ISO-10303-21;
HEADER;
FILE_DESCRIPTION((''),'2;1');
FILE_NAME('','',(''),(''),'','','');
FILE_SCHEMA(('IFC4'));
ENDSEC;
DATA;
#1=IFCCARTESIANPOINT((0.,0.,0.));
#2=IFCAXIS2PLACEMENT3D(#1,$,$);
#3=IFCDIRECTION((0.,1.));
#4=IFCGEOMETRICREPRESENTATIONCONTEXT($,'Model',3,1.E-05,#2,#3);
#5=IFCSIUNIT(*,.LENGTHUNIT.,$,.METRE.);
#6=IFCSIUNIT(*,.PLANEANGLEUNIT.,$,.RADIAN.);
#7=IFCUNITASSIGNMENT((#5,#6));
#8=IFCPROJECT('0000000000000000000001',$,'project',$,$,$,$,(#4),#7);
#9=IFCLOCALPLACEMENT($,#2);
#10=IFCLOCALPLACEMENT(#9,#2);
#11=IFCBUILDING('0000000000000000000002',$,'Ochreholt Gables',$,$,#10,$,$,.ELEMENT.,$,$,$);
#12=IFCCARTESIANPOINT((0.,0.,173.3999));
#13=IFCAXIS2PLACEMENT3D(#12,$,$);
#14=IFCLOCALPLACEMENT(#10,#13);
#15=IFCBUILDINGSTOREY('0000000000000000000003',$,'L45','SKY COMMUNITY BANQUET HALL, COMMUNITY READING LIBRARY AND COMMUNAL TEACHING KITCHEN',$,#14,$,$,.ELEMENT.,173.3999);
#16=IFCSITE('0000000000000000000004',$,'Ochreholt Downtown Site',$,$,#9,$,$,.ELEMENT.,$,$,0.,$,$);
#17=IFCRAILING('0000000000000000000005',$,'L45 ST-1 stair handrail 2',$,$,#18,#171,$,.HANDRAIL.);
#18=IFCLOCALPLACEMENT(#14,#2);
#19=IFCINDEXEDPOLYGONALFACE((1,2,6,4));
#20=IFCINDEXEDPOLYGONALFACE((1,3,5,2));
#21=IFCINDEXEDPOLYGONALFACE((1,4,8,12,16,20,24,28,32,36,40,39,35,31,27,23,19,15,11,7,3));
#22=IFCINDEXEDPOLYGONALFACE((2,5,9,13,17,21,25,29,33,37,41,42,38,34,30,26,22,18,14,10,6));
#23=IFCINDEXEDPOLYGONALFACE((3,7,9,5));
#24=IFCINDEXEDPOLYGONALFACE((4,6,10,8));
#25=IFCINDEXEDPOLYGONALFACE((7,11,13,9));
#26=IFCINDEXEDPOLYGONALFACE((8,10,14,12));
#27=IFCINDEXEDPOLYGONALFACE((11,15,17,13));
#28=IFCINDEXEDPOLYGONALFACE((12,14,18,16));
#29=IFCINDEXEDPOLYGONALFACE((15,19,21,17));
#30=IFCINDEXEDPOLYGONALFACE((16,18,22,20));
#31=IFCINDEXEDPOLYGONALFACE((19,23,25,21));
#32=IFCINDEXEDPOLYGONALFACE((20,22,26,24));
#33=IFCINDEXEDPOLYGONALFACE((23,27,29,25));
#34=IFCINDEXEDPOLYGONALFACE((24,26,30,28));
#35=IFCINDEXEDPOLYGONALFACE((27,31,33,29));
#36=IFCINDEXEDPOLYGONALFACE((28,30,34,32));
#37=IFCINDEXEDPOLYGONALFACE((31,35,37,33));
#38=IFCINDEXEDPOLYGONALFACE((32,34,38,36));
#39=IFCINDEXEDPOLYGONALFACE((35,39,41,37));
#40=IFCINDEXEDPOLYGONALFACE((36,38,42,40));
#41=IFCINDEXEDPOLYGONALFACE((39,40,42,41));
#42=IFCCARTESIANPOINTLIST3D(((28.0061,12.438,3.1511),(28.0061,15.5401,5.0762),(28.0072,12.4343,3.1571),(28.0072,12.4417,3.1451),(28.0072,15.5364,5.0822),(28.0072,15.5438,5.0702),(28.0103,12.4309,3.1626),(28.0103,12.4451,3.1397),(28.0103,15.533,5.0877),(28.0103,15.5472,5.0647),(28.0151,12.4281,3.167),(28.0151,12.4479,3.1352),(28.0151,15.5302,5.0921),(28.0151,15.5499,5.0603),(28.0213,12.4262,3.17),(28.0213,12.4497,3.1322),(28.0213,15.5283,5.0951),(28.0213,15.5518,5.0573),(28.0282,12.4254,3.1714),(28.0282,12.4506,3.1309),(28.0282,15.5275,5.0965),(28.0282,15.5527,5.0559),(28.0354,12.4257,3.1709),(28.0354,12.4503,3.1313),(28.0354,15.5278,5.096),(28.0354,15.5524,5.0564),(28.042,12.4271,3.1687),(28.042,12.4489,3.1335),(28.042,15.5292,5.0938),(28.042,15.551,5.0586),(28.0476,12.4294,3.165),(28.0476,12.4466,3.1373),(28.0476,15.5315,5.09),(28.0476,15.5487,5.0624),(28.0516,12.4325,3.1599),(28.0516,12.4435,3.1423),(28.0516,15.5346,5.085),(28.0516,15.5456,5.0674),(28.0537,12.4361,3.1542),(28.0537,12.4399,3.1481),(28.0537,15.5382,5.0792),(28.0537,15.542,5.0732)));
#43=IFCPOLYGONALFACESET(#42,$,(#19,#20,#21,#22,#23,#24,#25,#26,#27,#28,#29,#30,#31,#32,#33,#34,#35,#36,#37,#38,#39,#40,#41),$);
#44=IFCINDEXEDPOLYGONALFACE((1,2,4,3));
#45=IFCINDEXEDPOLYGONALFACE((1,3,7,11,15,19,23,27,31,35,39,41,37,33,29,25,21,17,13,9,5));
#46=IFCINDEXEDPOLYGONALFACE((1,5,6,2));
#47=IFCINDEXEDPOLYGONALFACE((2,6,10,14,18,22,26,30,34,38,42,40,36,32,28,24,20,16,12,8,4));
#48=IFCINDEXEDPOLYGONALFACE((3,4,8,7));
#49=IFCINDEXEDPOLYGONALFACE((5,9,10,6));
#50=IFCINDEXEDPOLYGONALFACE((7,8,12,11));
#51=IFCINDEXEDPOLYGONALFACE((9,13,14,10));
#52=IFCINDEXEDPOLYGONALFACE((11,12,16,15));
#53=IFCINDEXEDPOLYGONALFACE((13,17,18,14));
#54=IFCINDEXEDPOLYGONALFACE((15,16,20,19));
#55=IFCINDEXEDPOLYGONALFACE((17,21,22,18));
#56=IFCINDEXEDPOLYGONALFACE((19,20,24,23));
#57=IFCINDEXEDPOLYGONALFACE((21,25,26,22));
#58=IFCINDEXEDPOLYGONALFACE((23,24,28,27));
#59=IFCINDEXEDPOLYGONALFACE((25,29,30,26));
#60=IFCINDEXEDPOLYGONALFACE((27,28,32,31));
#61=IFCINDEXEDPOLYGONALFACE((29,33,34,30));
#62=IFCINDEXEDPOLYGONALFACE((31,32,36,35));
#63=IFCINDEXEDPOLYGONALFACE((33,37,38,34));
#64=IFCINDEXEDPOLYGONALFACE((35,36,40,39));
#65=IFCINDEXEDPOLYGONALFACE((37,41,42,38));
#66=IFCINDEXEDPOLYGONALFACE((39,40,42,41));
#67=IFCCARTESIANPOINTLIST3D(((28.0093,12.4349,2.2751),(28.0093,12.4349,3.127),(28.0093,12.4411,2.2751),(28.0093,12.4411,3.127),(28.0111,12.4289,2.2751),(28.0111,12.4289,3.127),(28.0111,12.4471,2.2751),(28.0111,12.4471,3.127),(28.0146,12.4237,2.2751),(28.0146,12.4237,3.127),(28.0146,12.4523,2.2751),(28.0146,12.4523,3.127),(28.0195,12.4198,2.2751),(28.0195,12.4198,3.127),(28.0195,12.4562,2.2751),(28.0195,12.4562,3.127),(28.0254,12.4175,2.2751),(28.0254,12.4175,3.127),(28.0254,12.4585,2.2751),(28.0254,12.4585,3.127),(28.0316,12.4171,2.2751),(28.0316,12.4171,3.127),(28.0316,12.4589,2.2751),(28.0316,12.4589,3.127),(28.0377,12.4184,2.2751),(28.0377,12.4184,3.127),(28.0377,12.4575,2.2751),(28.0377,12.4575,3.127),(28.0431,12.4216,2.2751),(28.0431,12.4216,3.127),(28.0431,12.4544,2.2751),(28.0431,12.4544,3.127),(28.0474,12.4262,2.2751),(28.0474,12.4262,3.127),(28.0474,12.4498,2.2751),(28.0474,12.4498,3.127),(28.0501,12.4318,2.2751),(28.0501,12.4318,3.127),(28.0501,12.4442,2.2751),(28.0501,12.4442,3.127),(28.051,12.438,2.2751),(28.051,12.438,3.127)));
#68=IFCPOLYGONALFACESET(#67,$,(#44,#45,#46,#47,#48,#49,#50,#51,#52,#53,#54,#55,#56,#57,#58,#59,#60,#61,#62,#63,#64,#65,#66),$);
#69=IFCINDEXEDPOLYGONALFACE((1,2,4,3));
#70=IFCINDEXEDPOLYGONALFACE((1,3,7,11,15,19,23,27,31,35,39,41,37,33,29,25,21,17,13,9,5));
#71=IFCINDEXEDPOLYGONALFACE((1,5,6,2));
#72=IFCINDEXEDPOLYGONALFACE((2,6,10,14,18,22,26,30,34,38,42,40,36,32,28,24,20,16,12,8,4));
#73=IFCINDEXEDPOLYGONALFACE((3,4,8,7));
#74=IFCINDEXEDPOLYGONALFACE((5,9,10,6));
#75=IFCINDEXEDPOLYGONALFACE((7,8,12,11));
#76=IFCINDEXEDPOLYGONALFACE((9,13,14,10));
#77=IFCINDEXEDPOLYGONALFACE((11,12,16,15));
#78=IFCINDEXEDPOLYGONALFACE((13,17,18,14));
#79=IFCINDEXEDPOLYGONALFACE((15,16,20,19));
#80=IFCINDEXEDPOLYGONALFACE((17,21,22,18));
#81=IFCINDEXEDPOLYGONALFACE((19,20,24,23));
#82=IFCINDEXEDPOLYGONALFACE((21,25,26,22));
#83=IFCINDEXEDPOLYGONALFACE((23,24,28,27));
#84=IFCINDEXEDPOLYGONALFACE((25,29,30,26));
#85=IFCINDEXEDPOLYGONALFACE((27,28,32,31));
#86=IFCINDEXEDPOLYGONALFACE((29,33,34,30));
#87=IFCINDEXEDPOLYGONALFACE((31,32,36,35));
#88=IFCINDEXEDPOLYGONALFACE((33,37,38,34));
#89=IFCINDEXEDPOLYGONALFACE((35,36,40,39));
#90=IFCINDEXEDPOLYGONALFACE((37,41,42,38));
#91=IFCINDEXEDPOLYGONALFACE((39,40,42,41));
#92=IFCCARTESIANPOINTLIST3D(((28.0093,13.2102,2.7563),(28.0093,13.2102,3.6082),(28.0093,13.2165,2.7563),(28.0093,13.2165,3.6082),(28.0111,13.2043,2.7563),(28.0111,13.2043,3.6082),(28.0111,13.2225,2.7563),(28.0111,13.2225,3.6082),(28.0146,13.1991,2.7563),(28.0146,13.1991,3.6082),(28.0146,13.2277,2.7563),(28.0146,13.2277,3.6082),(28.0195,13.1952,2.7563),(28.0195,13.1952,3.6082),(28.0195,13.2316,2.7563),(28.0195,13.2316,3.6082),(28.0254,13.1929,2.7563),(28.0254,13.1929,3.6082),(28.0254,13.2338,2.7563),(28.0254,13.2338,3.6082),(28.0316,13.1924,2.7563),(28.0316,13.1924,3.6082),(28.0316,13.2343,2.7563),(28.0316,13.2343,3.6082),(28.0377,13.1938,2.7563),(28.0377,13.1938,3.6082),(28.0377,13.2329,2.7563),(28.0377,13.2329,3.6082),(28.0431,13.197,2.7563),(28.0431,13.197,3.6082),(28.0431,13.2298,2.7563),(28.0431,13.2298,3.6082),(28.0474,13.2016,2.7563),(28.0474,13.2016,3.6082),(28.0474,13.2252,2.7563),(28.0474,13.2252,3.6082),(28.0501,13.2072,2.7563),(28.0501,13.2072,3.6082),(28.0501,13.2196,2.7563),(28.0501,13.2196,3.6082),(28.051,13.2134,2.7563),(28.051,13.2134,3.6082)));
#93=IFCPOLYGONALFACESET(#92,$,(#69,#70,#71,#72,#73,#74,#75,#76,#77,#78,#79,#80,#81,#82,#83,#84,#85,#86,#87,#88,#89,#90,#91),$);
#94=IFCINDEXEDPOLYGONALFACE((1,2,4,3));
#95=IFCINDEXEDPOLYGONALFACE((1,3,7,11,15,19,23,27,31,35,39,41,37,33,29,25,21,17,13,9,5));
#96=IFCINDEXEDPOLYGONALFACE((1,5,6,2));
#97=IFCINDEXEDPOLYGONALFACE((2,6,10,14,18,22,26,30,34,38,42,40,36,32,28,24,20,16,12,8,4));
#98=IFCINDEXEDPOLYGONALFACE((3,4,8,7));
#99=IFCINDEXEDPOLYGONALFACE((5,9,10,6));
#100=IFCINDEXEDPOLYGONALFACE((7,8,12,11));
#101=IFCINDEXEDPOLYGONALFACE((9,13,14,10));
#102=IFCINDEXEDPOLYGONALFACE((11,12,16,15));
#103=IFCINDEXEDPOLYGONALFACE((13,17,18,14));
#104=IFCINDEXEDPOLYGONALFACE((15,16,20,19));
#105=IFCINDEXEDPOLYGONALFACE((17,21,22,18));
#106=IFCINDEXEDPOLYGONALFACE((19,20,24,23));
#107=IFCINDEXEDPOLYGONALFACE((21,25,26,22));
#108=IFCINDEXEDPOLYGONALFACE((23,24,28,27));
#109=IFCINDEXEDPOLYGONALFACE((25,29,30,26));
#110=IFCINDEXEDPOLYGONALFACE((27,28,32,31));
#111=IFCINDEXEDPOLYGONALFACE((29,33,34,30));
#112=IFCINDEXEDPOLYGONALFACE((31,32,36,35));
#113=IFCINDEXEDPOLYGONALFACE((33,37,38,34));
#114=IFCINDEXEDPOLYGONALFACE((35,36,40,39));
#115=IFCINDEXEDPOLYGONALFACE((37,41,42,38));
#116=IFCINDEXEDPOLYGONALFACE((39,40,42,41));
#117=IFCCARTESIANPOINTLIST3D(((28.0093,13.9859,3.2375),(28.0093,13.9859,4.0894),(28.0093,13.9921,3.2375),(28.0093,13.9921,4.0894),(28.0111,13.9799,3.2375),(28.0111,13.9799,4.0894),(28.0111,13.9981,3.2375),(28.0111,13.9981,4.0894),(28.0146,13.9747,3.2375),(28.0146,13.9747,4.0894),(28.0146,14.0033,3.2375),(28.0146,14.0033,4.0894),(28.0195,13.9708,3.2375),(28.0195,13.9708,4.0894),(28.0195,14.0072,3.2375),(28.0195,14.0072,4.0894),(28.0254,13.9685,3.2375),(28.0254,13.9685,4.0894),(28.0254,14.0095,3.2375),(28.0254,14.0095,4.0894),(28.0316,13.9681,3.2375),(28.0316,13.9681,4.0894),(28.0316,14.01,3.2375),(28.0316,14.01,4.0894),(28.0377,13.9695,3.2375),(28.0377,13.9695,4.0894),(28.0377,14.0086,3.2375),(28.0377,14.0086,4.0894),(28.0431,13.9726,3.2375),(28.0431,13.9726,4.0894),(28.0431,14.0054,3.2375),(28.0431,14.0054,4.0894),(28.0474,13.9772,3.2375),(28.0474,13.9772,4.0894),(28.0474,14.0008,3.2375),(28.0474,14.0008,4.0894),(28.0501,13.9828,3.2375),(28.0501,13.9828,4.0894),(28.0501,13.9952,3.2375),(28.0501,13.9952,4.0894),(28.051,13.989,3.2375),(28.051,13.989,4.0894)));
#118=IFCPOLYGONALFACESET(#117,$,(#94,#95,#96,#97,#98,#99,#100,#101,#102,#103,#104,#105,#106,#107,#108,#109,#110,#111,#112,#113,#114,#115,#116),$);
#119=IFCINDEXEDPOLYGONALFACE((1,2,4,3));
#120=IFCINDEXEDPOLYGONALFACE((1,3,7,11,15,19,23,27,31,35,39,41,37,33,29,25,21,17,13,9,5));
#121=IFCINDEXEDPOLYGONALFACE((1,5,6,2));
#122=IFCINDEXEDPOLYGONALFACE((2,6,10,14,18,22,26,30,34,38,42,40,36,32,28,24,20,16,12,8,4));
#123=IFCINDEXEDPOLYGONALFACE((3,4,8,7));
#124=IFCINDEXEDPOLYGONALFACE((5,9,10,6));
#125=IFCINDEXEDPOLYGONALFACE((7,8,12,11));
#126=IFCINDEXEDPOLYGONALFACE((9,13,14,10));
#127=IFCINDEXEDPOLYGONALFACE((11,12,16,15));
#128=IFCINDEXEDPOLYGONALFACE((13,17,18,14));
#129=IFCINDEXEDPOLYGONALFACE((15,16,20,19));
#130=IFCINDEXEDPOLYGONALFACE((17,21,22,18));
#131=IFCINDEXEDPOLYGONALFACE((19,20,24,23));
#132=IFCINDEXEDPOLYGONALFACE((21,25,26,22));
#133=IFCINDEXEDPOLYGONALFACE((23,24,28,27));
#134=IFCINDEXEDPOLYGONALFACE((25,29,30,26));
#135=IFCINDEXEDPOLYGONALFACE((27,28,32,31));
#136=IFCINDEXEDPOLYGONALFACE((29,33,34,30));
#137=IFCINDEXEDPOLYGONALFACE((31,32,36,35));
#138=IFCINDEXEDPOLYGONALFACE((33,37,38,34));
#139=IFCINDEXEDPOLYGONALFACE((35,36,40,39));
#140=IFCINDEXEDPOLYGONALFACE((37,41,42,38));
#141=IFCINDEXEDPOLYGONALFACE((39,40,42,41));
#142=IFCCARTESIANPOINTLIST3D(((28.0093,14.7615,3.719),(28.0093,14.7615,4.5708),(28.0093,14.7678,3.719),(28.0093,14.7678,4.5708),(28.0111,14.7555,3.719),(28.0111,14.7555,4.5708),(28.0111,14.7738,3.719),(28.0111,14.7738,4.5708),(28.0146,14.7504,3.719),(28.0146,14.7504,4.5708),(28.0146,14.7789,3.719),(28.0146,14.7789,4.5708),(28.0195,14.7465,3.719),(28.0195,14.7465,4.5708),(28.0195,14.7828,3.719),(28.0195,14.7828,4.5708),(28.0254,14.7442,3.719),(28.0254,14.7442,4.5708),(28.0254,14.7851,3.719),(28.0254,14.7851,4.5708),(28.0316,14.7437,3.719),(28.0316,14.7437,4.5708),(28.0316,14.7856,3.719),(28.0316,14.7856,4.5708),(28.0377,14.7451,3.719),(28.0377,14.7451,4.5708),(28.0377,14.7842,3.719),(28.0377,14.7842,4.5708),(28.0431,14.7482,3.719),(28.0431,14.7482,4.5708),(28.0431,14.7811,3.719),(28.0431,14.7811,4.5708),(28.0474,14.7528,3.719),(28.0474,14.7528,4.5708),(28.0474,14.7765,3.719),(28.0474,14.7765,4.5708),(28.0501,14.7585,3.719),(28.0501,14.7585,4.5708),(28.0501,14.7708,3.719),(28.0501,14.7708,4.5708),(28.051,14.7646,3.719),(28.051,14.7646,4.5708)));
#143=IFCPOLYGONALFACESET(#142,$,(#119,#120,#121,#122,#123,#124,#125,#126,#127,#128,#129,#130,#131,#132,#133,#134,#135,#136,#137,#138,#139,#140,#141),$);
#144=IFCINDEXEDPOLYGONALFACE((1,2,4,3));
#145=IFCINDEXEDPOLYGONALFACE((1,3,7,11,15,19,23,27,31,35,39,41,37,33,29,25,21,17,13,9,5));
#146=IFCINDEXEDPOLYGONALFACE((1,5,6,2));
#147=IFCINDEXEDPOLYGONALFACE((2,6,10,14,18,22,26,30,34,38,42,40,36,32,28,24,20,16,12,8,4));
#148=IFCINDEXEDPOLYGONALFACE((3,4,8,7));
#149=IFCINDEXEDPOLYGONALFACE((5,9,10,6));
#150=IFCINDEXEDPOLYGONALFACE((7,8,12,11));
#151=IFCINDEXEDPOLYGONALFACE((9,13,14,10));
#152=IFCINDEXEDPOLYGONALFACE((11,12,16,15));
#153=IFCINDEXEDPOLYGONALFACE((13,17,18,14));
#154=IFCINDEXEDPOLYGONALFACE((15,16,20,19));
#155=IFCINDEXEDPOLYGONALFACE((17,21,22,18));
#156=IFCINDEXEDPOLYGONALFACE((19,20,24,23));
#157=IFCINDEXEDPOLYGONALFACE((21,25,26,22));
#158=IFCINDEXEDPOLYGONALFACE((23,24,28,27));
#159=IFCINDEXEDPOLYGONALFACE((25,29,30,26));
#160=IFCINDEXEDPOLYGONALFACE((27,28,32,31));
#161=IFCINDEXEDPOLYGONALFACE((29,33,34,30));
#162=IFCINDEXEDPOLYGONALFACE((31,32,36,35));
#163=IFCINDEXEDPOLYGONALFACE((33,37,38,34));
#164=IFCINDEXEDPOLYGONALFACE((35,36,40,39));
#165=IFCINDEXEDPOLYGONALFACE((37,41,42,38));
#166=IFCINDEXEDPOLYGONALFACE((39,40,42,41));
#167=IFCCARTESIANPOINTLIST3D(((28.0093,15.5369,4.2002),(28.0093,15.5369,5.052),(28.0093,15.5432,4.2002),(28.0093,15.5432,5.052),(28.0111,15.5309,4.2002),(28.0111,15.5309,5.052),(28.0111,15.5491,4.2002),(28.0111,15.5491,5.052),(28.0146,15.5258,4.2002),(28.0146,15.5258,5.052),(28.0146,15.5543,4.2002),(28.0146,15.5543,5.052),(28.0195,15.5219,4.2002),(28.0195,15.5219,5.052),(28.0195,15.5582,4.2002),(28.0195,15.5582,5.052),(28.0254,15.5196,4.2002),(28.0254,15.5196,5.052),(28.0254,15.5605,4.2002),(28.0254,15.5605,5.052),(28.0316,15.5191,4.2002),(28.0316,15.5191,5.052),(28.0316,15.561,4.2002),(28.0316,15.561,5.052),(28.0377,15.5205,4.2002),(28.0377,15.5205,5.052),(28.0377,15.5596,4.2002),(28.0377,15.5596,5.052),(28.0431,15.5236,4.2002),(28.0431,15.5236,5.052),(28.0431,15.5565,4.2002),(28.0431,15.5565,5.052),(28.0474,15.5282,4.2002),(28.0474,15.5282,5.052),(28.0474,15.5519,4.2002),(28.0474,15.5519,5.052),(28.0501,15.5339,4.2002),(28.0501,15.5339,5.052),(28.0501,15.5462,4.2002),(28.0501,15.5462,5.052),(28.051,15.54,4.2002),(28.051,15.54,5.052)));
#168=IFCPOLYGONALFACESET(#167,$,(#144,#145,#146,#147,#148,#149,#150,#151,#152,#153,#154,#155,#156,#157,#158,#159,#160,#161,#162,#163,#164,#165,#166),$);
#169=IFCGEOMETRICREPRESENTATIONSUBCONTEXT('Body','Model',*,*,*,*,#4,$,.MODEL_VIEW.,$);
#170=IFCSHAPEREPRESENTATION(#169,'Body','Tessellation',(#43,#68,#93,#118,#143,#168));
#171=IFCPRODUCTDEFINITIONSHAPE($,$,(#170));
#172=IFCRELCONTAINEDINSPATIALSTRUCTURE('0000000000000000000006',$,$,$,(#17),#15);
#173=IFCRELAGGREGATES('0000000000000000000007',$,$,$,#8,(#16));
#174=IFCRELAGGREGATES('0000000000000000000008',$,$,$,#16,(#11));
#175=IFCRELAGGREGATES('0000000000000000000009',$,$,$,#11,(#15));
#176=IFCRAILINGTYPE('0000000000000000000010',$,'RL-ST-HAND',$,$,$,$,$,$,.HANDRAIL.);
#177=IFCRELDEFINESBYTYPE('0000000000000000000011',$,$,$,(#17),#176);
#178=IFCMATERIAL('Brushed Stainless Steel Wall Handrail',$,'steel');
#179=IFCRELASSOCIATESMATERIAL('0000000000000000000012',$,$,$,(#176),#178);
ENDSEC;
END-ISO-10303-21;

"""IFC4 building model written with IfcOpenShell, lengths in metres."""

from ifc_helpers import new_model, si_unit, direction, frame, origin, origin_2d, place, context, subcontext, project, spatial, circle, extrude, material, type_object, element, save


model = new_model("IFC4")

# Units and contexts
model_context = context("Model", 3, precision=1e-05, world=origin(), true_north=direction((0.0, 1.0)))
body_context = subcontext(model_context, "Body", "Model", "MODEL_VIEW")
ifc_project = project(units=[si_unit("LENGTHUNIT", "METRE"), si_unit("PLANEANGLEUNIT", "RADIAN")], contexts=[model_context])

# Site, building, storey
site_placement = place(None, origin())
site = spatial("IfcSite", under=ifc_project, at=site_placement, Name="Ochreholt Downtown Site", CompositionType="ELEMENT", RefElevation=0.0)
building_placement = place(site_placement, origin())
building = spatial("IfcBuilding", under=site, at=building_placement, Name="Ochreholt Gables", CompositionType="ELEMENT")
storey_placement = place(building_placement, frame((0.0, 0.0, 173.3999)))
storey = spatial("IfcBuildingStorey", under=building, at=storey_placement, Name="L45", Description="SKY COMMUNITY BANQUET HALL, COMMUNITY READING LIBRARY AND COMMUNAL TEACHING KITCHEN", CompositionType="ELEMENT", Elevation=173.3999)

# Railing
ifc_material_1 = material(Name="Brushed Stainless Steel Wall Handrail", Category="steel")
railing_type_1 = type_object("IfcRailingType", Name="RL-ST-HAND", PredefinedType="HANDRAIL", material=ifc_material_1)
railing_1_placement = place(storey_placement, frame((28.03, 12.438, 2.2751)))
element("IfcRailing", 1, at=railing_1_placement, inside=storey, type_object=railing_type_1, Name="L45 ST-1 stair handrail 2", PredefinedType="HANDRAIL", context=body_context, shape_type="SweptSolid", body=[
    extrude(circle(Radius=0.0239, at=origin_2d()), frame((0.0, 0.0, 0.876), z_axis=(0.0, 0.849685, 0.527291), x_axis=(-1.0, 0.0, 0.0)), (0.0, 0.0, 1.0), 3.6509),
    extrude(circle(Radius=0.021, at=origin_2d()), origin(), (0.0, 0.0, 1.0), 0.8518),
    extrude(circle(Radius=0.021, at=origin_2d()), frame((0.0, 0.7754, 0.4812)), (0.0, 0.0, 1.0), 0.8518),
    extrude(circle(Radius=0.021, at=origin_2d()), frame((0.0, 1.551, 0.9624)), (0.0, 0.0, 1.0), 0.8518),
    extrude(circle(Radius=0.021, at=origin_2d()), frame((0.0, 2.3267, 1.4438)), (0.0, 0.0, 1.0), 0.8518),
    extrude(circle(Radius=0.021, at=origin_2d()), frame((0.0, 3.1021, 1.925)), (0.0, 0.0, 1.0), 0.8518),
])

save(model, "model.ifc")
